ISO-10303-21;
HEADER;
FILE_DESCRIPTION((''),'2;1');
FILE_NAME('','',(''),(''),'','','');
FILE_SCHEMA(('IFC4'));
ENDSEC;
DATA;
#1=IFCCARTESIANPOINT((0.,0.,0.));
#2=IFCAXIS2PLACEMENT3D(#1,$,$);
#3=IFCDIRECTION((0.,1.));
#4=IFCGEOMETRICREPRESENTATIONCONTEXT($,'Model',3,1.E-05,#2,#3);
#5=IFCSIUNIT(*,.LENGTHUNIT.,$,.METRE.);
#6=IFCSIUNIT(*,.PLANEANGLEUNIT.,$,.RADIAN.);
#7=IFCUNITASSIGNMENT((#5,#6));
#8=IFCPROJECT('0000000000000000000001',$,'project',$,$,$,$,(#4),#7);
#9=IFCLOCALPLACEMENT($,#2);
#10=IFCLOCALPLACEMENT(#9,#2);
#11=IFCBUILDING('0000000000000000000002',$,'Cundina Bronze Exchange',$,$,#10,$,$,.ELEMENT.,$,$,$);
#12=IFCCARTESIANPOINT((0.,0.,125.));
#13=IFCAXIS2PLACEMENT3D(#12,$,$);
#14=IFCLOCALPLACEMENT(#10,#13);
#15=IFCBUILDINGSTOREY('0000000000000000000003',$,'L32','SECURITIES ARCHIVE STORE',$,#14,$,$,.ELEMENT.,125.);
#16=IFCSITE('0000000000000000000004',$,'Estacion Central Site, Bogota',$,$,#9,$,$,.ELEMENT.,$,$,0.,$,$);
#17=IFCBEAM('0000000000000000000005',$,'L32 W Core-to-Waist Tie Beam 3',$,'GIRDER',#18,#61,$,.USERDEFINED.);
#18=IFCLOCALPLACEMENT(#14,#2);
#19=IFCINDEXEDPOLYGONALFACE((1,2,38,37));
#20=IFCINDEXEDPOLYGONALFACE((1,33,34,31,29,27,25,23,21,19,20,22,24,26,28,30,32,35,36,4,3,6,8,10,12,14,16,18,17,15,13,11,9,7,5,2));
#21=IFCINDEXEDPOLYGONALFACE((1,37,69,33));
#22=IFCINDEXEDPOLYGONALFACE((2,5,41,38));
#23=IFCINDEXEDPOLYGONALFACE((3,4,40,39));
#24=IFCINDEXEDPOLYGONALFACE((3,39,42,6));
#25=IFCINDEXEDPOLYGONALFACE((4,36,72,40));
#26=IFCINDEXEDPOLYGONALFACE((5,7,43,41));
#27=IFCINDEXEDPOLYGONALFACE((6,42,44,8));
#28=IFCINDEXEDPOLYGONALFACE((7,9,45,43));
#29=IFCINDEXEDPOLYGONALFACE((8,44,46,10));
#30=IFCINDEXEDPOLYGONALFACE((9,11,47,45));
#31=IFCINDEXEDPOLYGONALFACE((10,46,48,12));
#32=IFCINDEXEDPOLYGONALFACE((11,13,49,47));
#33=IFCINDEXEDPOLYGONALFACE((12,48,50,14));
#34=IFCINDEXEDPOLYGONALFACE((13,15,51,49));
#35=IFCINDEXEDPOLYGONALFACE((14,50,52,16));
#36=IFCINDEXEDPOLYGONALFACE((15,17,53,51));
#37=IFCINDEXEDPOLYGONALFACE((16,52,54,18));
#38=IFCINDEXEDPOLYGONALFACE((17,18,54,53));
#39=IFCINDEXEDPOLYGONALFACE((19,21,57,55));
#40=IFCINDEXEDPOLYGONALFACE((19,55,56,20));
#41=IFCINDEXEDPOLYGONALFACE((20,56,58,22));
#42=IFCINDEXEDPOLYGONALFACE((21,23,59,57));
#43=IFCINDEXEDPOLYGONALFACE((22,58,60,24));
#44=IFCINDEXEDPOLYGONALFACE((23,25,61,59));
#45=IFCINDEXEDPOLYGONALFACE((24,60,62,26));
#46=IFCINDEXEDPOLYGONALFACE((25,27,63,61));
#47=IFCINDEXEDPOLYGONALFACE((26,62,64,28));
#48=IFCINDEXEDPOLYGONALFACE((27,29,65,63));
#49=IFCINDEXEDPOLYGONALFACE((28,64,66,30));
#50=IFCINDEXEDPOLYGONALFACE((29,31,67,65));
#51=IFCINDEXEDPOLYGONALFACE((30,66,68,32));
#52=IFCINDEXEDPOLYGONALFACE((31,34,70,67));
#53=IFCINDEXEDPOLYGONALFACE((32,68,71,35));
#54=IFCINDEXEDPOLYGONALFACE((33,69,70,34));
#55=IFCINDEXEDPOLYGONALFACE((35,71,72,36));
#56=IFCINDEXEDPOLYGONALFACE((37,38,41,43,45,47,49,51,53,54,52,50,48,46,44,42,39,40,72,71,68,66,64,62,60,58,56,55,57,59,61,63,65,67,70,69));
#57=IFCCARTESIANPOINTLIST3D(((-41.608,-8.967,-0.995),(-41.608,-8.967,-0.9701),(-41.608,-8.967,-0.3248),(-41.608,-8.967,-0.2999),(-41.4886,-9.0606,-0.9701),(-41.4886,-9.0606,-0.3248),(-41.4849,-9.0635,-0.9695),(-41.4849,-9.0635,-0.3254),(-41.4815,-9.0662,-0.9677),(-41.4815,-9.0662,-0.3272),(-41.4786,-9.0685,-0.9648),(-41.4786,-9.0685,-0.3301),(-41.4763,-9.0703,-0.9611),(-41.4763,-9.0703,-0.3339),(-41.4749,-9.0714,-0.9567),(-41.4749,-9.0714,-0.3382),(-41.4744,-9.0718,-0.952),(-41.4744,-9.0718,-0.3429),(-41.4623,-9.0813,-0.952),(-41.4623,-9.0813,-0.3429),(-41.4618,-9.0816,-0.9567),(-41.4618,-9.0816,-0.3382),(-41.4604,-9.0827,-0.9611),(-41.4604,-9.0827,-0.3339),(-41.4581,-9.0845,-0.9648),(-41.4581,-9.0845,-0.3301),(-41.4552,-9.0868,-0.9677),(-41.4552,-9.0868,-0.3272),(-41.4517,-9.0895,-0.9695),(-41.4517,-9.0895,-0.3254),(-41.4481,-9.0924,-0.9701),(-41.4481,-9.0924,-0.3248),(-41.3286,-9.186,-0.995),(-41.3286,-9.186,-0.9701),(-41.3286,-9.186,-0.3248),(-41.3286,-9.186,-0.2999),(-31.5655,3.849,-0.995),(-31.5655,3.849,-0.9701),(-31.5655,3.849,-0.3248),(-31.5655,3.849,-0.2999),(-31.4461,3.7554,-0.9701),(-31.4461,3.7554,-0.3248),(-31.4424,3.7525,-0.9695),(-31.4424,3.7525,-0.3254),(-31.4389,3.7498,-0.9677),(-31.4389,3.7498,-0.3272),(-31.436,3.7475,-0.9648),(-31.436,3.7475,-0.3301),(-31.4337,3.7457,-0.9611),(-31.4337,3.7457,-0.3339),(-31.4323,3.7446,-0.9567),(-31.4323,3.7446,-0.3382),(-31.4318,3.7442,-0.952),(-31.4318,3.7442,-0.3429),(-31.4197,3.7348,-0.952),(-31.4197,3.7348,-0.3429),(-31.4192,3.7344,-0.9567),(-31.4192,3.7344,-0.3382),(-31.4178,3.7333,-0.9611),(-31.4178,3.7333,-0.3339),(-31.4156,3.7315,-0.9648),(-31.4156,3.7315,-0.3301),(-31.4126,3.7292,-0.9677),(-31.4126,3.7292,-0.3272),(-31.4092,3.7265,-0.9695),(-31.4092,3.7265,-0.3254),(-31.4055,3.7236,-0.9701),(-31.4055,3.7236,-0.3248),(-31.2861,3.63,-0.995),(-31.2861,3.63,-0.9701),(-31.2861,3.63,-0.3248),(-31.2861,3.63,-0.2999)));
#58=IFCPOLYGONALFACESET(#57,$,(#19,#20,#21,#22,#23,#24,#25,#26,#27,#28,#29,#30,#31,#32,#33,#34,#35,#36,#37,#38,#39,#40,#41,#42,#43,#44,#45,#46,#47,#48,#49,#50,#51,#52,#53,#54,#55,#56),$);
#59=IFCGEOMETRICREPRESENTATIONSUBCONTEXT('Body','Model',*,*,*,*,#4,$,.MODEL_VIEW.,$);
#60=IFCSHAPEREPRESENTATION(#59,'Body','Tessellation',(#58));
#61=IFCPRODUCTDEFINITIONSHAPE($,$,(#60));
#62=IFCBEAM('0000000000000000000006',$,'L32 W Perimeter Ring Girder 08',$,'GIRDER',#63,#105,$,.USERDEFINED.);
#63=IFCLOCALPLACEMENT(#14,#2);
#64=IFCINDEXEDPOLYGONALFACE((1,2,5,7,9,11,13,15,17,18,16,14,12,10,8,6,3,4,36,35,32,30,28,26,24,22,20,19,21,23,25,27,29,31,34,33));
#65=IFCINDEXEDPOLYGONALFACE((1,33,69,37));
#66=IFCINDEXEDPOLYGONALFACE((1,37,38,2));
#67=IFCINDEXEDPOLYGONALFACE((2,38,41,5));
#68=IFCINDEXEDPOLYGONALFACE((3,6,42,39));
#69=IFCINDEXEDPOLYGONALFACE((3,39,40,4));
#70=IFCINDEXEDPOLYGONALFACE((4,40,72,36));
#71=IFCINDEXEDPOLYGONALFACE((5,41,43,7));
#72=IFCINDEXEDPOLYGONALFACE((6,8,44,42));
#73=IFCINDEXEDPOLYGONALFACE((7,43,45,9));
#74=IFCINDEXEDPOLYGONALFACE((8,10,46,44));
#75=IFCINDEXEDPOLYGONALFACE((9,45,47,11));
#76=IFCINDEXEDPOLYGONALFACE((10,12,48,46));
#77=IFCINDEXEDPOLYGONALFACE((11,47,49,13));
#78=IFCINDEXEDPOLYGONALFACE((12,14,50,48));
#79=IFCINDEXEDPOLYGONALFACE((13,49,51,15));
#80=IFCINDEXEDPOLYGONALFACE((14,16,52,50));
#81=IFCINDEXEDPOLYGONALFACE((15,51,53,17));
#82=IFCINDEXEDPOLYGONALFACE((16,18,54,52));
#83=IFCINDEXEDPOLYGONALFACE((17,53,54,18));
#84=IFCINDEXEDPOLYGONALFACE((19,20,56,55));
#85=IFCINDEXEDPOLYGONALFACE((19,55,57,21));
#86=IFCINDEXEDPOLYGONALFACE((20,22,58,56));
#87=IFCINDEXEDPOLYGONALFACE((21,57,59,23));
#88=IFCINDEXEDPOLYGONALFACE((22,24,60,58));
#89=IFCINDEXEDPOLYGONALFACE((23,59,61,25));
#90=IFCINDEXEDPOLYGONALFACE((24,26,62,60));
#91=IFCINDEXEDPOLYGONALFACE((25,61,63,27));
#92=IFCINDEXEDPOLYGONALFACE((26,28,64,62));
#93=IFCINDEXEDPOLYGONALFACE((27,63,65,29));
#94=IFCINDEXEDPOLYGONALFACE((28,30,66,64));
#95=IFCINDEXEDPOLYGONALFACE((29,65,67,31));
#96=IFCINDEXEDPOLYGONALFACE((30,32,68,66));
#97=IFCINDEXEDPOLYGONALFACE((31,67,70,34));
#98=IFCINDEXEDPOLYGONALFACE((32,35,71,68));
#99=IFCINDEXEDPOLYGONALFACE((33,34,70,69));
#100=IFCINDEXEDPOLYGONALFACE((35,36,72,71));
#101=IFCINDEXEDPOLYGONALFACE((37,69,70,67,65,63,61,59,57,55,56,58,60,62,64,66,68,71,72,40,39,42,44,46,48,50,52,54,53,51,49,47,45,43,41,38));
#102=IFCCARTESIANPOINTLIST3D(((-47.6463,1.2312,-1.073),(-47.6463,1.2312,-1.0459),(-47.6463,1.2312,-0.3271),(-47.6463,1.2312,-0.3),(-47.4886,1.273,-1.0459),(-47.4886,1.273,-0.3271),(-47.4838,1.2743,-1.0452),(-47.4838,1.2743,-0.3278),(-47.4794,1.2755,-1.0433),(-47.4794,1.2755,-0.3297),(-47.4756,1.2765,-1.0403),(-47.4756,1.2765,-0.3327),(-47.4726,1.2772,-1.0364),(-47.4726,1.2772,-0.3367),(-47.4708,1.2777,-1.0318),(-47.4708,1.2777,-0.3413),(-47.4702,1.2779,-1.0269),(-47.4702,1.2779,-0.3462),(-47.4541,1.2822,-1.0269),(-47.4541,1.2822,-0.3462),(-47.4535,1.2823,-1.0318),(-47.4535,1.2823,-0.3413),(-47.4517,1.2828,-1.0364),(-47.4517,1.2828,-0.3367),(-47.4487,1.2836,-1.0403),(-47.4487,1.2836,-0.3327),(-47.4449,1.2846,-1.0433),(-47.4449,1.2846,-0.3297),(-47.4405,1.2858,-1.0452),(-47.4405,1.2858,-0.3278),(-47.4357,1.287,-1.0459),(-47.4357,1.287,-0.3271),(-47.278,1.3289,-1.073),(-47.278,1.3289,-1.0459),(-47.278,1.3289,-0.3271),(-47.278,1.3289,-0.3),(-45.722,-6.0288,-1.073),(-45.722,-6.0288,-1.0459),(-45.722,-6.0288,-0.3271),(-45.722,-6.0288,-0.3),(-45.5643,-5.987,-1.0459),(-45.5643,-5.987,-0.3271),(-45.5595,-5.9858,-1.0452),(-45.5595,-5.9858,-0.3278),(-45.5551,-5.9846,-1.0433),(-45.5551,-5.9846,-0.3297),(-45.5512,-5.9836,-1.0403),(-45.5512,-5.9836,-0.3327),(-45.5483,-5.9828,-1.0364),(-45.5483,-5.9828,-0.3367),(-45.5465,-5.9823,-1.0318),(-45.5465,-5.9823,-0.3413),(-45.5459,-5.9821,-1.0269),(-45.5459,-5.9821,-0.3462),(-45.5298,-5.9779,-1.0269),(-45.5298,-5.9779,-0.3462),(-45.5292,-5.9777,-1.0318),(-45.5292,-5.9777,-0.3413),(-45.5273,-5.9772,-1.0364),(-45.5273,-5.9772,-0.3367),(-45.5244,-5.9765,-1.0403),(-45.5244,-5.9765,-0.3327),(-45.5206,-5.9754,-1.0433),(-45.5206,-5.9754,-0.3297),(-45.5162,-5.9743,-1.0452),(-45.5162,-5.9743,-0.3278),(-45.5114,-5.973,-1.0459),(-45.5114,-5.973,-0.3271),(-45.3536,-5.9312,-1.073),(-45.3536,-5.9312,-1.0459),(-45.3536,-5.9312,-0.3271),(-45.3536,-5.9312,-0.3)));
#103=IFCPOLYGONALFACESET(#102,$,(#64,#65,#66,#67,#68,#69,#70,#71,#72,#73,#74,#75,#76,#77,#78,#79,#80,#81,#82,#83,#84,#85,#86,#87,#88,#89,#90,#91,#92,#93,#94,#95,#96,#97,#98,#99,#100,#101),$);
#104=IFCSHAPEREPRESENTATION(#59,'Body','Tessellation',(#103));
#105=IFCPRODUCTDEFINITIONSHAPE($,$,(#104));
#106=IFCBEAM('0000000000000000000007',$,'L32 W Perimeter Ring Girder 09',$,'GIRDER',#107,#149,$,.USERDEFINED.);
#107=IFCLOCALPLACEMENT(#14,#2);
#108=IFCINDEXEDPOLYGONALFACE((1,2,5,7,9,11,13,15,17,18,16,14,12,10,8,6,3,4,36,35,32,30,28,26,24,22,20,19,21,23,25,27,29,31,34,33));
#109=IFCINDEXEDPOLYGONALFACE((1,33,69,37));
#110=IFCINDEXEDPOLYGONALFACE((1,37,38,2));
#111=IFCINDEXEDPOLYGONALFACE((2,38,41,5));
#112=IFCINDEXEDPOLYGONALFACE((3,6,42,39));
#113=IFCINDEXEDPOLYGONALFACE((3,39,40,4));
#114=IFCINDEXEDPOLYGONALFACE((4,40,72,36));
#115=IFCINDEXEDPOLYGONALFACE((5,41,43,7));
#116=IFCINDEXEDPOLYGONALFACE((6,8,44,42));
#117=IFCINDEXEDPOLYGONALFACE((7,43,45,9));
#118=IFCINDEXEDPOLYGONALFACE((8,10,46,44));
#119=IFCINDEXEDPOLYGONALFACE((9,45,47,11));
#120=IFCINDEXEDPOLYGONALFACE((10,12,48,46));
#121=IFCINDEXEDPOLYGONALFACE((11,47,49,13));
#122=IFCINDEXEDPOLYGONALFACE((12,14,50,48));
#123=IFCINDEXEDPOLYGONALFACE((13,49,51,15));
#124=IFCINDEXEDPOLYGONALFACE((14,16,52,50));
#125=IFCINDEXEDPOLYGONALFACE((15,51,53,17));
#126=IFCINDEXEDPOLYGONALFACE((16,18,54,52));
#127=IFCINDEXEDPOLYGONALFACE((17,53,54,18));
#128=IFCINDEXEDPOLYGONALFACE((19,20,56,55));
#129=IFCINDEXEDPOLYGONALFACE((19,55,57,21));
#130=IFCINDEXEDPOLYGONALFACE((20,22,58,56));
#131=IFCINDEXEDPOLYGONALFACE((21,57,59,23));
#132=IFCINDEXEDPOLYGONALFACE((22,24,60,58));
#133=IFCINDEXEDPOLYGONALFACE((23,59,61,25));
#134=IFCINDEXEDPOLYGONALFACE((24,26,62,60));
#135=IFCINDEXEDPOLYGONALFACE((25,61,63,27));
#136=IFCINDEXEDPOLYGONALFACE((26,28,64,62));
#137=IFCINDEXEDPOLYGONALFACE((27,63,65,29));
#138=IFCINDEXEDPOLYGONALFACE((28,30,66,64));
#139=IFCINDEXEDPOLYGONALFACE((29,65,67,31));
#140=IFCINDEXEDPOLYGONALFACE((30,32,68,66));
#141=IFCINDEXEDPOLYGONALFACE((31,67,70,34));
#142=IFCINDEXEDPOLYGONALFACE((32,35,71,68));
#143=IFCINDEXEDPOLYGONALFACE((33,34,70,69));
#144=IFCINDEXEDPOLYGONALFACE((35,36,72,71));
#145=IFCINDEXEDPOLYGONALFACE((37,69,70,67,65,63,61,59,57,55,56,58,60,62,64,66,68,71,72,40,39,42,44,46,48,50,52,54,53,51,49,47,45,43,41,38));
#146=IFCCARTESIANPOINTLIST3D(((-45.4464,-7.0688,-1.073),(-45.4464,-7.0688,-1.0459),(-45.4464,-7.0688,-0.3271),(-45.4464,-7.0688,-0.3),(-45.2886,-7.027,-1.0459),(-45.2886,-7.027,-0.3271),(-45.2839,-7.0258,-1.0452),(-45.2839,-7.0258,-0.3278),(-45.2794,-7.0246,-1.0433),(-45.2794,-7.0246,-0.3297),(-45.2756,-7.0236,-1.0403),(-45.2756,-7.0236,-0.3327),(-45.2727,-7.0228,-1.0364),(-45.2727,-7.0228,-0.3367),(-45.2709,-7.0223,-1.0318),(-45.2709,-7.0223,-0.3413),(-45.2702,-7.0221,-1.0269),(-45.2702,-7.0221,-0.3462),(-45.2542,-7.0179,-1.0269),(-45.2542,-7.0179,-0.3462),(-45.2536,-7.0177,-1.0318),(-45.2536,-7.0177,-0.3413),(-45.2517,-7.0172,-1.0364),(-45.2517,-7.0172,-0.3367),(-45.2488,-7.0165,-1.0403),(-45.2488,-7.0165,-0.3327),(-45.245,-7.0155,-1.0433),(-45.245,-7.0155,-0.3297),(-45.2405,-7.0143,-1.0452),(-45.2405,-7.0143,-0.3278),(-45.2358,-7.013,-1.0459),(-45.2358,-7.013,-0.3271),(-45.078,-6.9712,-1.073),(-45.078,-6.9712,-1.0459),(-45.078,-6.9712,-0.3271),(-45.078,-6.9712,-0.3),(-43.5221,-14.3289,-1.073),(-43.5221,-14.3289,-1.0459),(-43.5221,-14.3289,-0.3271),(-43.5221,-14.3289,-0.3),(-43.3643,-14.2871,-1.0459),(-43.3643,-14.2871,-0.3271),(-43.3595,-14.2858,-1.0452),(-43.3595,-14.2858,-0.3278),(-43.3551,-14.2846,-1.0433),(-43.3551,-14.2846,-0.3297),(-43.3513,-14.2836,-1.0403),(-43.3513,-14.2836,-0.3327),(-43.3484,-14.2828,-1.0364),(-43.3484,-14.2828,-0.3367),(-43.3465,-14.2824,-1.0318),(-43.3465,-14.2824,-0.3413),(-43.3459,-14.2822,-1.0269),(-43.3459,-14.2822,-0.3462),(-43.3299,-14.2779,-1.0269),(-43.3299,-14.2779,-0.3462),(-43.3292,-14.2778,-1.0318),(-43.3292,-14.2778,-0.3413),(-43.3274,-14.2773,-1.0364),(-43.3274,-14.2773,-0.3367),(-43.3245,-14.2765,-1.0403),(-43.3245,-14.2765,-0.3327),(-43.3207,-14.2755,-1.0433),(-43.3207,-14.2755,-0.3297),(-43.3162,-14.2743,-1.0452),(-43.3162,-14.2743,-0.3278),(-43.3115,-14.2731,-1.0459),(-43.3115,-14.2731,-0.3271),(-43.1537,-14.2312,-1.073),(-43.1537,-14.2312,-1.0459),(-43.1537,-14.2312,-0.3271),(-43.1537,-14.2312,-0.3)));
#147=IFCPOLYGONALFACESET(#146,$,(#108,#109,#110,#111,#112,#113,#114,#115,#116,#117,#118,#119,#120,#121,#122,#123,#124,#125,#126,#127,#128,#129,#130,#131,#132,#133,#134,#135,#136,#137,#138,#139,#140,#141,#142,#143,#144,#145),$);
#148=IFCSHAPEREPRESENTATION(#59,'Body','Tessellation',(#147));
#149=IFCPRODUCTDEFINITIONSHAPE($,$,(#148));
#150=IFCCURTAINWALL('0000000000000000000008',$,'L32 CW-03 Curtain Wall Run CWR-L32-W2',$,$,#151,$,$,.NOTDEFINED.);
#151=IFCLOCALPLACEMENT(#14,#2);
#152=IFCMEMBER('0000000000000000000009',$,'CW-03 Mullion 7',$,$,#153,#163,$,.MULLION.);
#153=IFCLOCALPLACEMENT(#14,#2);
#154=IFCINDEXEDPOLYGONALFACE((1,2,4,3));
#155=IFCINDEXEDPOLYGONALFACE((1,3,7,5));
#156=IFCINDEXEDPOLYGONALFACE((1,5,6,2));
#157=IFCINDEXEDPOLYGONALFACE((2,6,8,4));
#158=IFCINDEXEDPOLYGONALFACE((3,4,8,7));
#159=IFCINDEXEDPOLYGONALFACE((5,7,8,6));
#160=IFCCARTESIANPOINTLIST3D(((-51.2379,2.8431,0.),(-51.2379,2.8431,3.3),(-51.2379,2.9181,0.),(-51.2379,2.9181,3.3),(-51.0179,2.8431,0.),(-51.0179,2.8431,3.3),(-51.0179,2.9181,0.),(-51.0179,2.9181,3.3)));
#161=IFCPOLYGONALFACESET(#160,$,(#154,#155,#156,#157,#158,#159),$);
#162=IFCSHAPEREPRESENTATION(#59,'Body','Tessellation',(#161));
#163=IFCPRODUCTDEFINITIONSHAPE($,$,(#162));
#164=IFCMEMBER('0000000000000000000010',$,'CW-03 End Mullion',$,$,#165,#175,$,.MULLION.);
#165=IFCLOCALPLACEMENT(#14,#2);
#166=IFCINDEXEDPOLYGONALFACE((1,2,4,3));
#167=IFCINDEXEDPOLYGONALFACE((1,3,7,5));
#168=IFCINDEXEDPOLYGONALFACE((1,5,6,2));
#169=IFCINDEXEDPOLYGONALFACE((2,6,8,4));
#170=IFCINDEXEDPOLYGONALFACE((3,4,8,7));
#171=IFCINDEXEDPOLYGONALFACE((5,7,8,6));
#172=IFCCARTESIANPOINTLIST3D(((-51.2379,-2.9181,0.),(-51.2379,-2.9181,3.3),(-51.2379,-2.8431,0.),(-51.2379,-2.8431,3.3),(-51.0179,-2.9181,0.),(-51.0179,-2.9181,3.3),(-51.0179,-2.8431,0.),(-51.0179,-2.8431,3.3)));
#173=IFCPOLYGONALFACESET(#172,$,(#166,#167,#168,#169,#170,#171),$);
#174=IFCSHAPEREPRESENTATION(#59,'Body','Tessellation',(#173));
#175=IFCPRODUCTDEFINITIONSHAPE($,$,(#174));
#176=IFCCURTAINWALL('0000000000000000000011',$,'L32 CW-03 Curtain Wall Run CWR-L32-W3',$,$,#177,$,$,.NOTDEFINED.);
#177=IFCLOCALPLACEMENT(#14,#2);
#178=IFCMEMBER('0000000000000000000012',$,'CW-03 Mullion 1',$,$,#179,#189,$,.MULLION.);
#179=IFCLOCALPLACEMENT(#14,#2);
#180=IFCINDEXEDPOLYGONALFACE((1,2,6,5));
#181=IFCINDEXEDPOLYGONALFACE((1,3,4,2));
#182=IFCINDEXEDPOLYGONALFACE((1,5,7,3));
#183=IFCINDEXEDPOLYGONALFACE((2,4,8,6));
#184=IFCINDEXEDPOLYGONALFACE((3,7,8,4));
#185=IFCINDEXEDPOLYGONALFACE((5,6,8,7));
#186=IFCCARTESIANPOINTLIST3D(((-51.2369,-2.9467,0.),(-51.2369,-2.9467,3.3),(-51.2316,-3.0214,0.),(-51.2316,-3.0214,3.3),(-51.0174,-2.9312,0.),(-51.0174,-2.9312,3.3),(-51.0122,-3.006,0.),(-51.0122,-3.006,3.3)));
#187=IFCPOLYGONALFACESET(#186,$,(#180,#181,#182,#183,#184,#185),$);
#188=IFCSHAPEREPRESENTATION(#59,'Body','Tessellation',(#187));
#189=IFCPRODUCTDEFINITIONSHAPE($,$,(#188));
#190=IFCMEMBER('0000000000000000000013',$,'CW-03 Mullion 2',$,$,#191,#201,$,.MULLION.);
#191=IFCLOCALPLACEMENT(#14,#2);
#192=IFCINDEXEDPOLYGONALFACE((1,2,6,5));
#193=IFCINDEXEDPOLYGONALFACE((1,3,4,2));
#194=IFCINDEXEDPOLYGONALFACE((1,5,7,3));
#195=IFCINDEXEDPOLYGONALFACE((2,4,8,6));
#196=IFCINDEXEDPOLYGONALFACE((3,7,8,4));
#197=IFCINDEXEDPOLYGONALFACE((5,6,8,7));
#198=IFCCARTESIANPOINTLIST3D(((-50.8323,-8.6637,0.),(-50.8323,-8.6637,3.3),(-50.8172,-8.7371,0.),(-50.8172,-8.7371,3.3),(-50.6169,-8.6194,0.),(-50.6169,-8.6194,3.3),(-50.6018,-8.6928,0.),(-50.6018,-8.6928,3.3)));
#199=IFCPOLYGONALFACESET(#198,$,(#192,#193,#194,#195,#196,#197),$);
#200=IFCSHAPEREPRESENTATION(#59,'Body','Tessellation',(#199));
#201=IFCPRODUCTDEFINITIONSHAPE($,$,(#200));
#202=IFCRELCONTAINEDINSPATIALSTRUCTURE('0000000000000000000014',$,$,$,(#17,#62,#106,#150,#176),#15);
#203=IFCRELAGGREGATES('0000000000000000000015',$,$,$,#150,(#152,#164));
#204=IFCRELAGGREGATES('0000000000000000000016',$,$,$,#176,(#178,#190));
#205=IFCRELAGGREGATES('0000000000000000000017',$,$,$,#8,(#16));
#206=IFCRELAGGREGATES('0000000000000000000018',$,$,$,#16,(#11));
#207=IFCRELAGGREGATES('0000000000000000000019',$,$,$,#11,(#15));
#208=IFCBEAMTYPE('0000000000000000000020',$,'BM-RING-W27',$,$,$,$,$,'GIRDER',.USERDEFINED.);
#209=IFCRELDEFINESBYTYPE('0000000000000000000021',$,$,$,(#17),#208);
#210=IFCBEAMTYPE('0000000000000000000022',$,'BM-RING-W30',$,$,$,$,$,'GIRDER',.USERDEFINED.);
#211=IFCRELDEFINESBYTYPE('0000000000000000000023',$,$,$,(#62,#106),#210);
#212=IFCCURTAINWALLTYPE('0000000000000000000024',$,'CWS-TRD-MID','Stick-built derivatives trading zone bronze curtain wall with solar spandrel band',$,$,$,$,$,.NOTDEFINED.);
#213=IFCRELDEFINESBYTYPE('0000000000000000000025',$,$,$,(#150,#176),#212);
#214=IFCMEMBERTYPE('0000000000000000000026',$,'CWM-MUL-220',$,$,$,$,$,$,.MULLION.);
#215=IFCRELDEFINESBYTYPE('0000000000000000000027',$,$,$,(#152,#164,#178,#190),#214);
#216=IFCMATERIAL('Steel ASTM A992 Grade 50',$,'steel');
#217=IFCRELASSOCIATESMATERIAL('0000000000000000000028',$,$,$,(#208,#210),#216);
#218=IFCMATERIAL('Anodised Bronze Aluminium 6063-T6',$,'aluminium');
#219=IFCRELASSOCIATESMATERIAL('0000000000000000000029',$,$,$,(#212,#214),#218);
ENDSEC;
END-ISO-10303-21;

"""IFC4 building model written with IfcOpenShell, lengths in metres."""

from ifc_helpers import new_model, si_unit, direction, frame, origin, origin_2d, place, context, subcontext, project, spatial, rectangle, i_section, extrude, material, material_profile, profile_set, type_object, element, aggregate, save


model = new_model("IFC4")

# Units and contexts
model_context = context("Model", 3, precision=1e-05, world=origin(), true_north=direction((0.0, 1.0)))
body_context = subcontext(model_context, "Body", "Model", "MODEL_VIEW")
ifc_project = project(units=[si_unit("LENGTHUNIT", "METRE"), si_unit("PLANEANGLEUNIT", "RADIAN")], contexts=[model_context])

# Site, building, storey
site_placement = place(None, origin())
site = spatial("IfcSite", under=ifc_project, at=site_placement, Name="Estacion Central Site, Bogota", CompositionType="ELEMENT", RefElevation=0.0)
building_placement = place(site_placement, origin())
building = spatial("IfcBuilding", under=site, at=building_placement, Name="Cundina Bronze Exchange", CompositionType="ELEMENT")
storey_placement = place(building_placement, frame((0.0, 0.0, 125.0)))
storey = spatial("IfcBuildingStorey", under=building, at=storey_placement, Name="L32", Description="SECURITIES ARCHIVE STORE", CompositionType="ELEMENT", Elevation=125.0)

# Shared definitions
ifc_material_1 = material(Name="Steel ASTM A992 Grade 50", Category="steel")

# Beams
ifc_material_profile_1 = material_profile(ifc_material_1, i_section(OverallWidth=0.355, OverallDepth=0.6951, WebThickness=0.0154, FlangeThickness=0.0249, FilletRadius=0.0181, at=origin_2d()), Name="W27X146", Category="steel")
ifc_profile_set_1 = profile_set([ifc_material_profile_1], Name="Steel ASTM A992 Grade 50")
beam_type_1 = type_object("IfcBeamType", Name="BM-RING-W27", ElementType="GIRDER", PredefinedType="USERDEFINED", material=ifc_profile_set_1)
beam_1_placement = place(storey_placement, frame((-31.4258, 3.7395, -0.6475), z_axis=(-0.616789, -0.787128, 0.0), x_axis=(0.787128, -0.616789, 0.0)))
element("IfcBeam", 1, at=beam_1_placement, inside=storey, type_object=beam_type_1, Name="L32 W Core-to-Waist Tie Beam 3", ObjectType="GIRDER", PredefinedType="USERDEFINED", context=body_context, shape_type="SweptSolid", body=[
    extrude(i_section(OverallWidth=0.355, OverallDepth=0.6951, WebThickness=0.0154, FlangeThickness=0.0249, FilletRadius=0.0181, at=origin_2d()), origin(), (0.0, 0.0, 1.0), 16.282),
])
ifc_material_profile_2 = material_profile(ifc_material_1, i_section(OverallWidth=0.3811, OverallDepth=0.7729, WebThickness=0.0166, FlangeThickness=0.0271, FilletRadius=0.019, at=origin_2d()), Name="W30X173", Category="steel")
ifc_profile_set_2 = profile_set([ifc_material_profile_2], Name="Steel ASTM A992 Grade 50")
beam_type_2 = type_object("IfcBeamType", Name="BM-RING-W30", ElementType="GIRDER", PredefinedType="USERDEFINED", material=ifc_profile_set_2)
for number, where, z_axis, x_axis, name in (
    (2, (-47.4622, 1.28, -0.6865), (0.25621, -0.966621, 0.0), (0.966621, 0.25621, 0.0), "L32 W Perimeter Ring Girder 08"),
    (3, (-45.2622, -7.02, -0.6865), (0.25621, -0.966621, 0.0), (0.966621, 0.25621, 0.0), "L32 W Perimeter Ring Girder 09"),
):
    element("IfcBeam", number, at=place(storey_placement, frame(where, z_axis=z_axis, x_axis=x_axis)), inside=storey, type_object=beam_type_2, Name=name, ObjectType="GIRDER", PredefinedType="USERDEFINED", context=body_context, shape_type="SweptSolid", body=[
        extrude(i_section(OverallWidth=0.3811, OverallDepth=0.7729, WebThickness=0.0166, FlangeThickness=0.0271, FilletRadius=0.019, at=origin_2d()), origin(), (0.0, 0.0, 1.0), 7.5107),
    ])

# Curtain walls, members
ifc_material_2 = material(Name="Anodised Bronze Aluminium 6063-T6", Category="aluminium")
curtain_wall_type = type_object("IfcCurtainWallType", Name="CWS-TRD-MID", Description="Stick-built derivatives trading zone bronze curtain wall with solar spandrel band", PredefinedType="NOTDEFINED", material=ifc_material_2)
curtain_wall_1_placement = place(storey_placement, origin())
curtain_wall_1 = element("IfcCurtainWall", 4, at=curtain_wall_1_placement, inside=storey, type_object=curtain_wall_type, Name="L32 CW-03 Curtain Wall Run CWR-L32-W2", PredefinedType="NOTDEFINED")
ifc_material_profile_3 = material_profile(ifc_material_2, rectangle(XDim=0.075, YDim=0.22, at=origin_2d()), Name="AL75X220", Category="aluminium")
ifc_profile_set_3 = profile_set([ifc_material_profile_3], Name="Anodised Bronze Aluminium 6063-T6")
member_type_1 = type_object("IfcMemberType", Name="CWM-MUL-220", PredefinedType="MULLION", material=ifc_profile_set_3)
member_1_placement = place(storey_placement, frame((-51.1279, 2.8806, 0.0), z_axis=(0.0, 0.0, 1.0), x_axis=(0.0, -1.0, 0.0)))
member_1 = element("IfcMember", 5, at=member_1_placement, type_object=member_type_1, Name="CW-03 Mullion 7", PredefinedType="MULLION", context=body_context, shape_type="SweptSolid", body=[
    extrude(rectangle(XDim=0.075, YDim=0.22, at=origin_2d()), origin(), (0.0, 0.0, 1.0), 3.3),
])
member_2_placement = place(storey_placement, frame((-51.1279, -2.8806, 0.0), z_axis=(0.0, 0.0, 1.0), x_axis=(0.0, -1.0, 0.0)))
member_2 = element("IfcMember", 6, at=member_2_placement, type_object=member_type_1, Name="CW-03 End Mullion", PredefinedType="MULLION", context=body_context, shape_type="SweptSolid", body=[
    extrude(rectangle(XDim=0.075, YDim=0.22, at=origin_2d()), origin(), (0.0, 0.0, 1.0), 3.3),
])
curtain_wall_2_placement = place(storey_placement, origin())
curtain_wall_2 = element("IfcCurtainWall", 7, at=curtain_wall_2_placement, inside=storey, type_object=curtain_wall_type, Name="L32 CW-03 Curtain Wall Run CWR-L32-W3", PredefinedType="NOTDEFINED")
member_3_placement = place(storey_placement, frame((-51.1245, -2.9763, 0.0), z_axis=(0.0, 0.0, 1.0), x_axis=(0.070279, -0.997527, 0.0)))
member_3 = element("IfcMember", 8, at=member_3_placement, type_object=member_type_1, Name="CW-03 Mullion 1", PredefinedType="MULLION", context=body_context, shape_type="SweptSolid", body=[
    extrude(rectangle(XDim=0.075, YDim=0.22, at=origin_2d()), origin(), (0.0, 0.0, 1.0), 3.3),
])
member_4_placement = place(storey_placement, frame((-50.717, -8.6782, 0.0), z_axis=(0.0, 0.0, 1.0), x_axis=(0.20142, -0.979505, 0.0)))
member_4 = element("IfcMember", 9, at=member_4_placement, type_object=member_type_1, Name="CW-03 Mullion 2", PredefinedType="MULLION", context=body_context, shape_type="SweptSolid", body=[
    extrude(rectangle(XDim=0.075, YDim=0.22, at=origin_2d()), origin(), (0.0, 0.0, 1.0), 3.3),
])

aggregate(curtain_wall_1, [member_1, member_2])
aggregate(curtain_wall_2, [member_3, member_4])

save(model, "model.ifc")
